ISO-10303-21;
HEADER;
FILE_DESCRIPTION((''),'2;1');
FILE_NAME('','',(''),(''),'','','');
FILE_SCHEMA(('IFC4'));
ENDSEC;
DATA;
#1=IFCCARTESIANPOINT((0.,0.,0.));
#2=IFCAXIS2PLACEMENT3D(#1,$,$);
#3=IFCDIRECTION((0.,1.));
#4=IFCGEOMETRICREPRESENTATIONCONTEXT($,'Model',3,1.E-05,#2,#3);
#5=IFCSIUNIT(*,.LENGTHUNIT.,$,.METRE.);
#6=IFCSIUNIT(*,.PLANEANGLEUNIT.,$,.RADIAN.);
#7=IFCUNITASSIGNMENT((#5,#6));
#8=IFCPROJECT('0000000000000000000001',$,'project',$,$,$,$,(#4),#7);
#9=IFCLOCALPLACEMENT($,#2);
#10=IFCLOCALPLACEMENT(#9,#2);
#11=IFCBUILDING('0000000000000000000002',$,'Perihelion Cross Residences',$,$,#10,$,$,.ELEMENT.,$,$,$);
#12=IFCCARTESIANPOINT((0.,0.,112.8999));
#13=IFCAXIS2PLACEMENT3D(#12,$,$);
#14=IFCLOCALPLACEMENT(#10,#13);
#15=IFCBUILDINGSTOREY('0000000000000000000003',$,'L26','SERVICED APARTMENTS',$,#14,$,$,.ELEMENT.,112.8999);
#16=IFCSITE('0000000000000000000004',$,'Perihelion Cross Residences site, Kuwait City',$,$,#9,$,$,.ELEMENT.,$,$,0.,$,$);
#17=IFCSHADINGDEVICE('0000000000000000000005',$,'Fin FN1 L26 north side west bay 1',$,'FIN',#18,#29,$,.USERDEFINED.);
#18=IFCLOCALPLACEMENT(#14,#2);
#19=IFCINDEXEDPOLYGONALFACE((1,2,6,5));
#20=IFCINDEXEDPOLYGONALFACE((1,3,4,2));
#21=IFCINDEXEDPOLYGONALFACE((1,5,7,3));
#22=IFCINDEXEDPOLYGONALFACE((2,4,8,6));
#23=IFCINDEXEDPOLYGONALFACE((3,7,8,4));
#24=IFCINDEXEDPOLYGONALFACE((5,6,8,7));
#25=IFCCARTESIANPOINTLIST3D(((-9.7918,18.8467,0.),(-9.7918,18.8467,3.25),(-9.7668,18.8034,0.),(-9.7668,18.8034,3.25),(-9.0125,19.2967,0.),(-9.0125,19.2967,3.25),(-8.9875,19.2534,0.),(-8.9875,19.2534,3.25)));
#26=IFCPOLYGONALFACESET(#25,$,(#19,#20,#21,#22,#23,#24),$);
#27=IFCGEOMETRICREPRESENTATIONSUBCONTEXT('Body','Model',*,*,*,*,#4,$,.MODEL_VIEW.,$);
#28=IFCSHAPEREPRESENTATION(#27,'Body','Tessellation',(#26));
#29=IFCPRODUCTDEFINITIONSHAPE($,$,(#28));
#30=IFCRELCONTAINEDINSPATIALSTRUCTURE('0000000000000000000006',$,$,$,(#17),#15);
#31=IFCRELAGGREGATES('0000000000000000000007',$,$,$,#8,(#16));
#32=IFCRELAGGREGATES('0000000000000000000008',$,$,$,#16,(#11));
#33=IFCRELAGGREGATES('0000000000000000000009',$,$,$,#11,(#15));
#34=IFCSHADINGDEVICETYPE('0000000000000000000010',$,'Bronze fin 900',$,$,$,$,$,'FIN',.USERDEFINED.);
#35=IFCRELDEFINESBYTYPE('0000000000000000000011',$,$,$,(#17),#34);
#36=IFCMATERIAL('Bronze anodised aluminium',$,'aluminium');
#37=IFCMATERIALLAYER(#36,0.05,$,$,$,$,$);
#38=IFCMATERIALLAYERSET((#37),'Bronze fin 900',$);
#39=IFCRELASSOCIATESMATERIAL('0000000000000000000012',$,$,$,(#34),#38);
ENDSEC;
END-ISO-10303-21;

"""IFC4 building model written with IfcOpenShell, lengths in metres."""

from ifc_helpers import new_model, si_unit, direction, frame, origin, origin_2d, place, context, subcontext, project, spatial, rectangle, extrude, material, layer, layer_set, type_object, element, save


model = new_model("IFC4")

# Units and contexts
model_context = context("Model", 3, precision=1e-05, world=origin(), true_north=direction((0.0, 1.0)))
body_context = subcontext(model_context, "Body", "Model", "MODEL_VIEW")
ifc_project = project(units=[si_unit("LENGTHUNIT", "METRE"), si_unit("PLANEANGLEUNIT", "RADIAN")], contexts=[model_context])

# Site, building, storey
site_placement = place(None, origin())
site = spatial("IfcSite", under=ifc_project, at=site_placement, Name="Perihelion Cross Residences site, Kuwait City", CompositionType="ELEMENT", RefElevation=0.0)
building_placement = place(site_placement, origin())
building = spatial("IfcBuilding", under=site, at=building_placement, Name="Perihelion Cross Residences", CompositionType="ELEMENT")
storey_placement = place(building_placement, frame((0.0, 0.0, 112.8999)))
storey = spatial("IfcBuildingStorey", under=building, at=storey_placement, Name="L26", Description="SERVICED APARTMENTS", CompositionType="ELEMENT", Elevation=112.8999)

# Shading device
ifc_material_1 = material(Name="Bronze anodised aluminium", Category="aluminium")
ifc_layer_1 = layer(ifc_material_1, 0.05)
ifc_layer_set_1 = layer_set([ifc_layer_1], Name="Bronze fin 900")
shading_device_type = type_object("IfcShadingDeviceType", Name="Bronze fin 900", ElementType="FIN", PredefinedType="USERDEFINED", material=ifc_layer_set_1)
shading_device_placement = place(storey_placement, frame((-9.3896, 19.05, 0.0), z_axis=(0.0, 0.0, 1.0), x_axis=(-0.866025, -0.5, 0.0)))
element("IfcShadingDevice", 1, at=shading_device_placement, inside=storey, type_object=shading_device_type, Name="Fin FN1 L26 north side west bay 1", ObjectType="FIN", PredefinedType="USERDEFINED", context=body_context, shape_type="SweptSolid", body=[
    extrude(rectangle(XDim=0.8999, YDim=0.05, at=origin_2d()), origin(), (0.0, 0.0, 1.0), 3.25),
])

save(model, "model.ifc")
